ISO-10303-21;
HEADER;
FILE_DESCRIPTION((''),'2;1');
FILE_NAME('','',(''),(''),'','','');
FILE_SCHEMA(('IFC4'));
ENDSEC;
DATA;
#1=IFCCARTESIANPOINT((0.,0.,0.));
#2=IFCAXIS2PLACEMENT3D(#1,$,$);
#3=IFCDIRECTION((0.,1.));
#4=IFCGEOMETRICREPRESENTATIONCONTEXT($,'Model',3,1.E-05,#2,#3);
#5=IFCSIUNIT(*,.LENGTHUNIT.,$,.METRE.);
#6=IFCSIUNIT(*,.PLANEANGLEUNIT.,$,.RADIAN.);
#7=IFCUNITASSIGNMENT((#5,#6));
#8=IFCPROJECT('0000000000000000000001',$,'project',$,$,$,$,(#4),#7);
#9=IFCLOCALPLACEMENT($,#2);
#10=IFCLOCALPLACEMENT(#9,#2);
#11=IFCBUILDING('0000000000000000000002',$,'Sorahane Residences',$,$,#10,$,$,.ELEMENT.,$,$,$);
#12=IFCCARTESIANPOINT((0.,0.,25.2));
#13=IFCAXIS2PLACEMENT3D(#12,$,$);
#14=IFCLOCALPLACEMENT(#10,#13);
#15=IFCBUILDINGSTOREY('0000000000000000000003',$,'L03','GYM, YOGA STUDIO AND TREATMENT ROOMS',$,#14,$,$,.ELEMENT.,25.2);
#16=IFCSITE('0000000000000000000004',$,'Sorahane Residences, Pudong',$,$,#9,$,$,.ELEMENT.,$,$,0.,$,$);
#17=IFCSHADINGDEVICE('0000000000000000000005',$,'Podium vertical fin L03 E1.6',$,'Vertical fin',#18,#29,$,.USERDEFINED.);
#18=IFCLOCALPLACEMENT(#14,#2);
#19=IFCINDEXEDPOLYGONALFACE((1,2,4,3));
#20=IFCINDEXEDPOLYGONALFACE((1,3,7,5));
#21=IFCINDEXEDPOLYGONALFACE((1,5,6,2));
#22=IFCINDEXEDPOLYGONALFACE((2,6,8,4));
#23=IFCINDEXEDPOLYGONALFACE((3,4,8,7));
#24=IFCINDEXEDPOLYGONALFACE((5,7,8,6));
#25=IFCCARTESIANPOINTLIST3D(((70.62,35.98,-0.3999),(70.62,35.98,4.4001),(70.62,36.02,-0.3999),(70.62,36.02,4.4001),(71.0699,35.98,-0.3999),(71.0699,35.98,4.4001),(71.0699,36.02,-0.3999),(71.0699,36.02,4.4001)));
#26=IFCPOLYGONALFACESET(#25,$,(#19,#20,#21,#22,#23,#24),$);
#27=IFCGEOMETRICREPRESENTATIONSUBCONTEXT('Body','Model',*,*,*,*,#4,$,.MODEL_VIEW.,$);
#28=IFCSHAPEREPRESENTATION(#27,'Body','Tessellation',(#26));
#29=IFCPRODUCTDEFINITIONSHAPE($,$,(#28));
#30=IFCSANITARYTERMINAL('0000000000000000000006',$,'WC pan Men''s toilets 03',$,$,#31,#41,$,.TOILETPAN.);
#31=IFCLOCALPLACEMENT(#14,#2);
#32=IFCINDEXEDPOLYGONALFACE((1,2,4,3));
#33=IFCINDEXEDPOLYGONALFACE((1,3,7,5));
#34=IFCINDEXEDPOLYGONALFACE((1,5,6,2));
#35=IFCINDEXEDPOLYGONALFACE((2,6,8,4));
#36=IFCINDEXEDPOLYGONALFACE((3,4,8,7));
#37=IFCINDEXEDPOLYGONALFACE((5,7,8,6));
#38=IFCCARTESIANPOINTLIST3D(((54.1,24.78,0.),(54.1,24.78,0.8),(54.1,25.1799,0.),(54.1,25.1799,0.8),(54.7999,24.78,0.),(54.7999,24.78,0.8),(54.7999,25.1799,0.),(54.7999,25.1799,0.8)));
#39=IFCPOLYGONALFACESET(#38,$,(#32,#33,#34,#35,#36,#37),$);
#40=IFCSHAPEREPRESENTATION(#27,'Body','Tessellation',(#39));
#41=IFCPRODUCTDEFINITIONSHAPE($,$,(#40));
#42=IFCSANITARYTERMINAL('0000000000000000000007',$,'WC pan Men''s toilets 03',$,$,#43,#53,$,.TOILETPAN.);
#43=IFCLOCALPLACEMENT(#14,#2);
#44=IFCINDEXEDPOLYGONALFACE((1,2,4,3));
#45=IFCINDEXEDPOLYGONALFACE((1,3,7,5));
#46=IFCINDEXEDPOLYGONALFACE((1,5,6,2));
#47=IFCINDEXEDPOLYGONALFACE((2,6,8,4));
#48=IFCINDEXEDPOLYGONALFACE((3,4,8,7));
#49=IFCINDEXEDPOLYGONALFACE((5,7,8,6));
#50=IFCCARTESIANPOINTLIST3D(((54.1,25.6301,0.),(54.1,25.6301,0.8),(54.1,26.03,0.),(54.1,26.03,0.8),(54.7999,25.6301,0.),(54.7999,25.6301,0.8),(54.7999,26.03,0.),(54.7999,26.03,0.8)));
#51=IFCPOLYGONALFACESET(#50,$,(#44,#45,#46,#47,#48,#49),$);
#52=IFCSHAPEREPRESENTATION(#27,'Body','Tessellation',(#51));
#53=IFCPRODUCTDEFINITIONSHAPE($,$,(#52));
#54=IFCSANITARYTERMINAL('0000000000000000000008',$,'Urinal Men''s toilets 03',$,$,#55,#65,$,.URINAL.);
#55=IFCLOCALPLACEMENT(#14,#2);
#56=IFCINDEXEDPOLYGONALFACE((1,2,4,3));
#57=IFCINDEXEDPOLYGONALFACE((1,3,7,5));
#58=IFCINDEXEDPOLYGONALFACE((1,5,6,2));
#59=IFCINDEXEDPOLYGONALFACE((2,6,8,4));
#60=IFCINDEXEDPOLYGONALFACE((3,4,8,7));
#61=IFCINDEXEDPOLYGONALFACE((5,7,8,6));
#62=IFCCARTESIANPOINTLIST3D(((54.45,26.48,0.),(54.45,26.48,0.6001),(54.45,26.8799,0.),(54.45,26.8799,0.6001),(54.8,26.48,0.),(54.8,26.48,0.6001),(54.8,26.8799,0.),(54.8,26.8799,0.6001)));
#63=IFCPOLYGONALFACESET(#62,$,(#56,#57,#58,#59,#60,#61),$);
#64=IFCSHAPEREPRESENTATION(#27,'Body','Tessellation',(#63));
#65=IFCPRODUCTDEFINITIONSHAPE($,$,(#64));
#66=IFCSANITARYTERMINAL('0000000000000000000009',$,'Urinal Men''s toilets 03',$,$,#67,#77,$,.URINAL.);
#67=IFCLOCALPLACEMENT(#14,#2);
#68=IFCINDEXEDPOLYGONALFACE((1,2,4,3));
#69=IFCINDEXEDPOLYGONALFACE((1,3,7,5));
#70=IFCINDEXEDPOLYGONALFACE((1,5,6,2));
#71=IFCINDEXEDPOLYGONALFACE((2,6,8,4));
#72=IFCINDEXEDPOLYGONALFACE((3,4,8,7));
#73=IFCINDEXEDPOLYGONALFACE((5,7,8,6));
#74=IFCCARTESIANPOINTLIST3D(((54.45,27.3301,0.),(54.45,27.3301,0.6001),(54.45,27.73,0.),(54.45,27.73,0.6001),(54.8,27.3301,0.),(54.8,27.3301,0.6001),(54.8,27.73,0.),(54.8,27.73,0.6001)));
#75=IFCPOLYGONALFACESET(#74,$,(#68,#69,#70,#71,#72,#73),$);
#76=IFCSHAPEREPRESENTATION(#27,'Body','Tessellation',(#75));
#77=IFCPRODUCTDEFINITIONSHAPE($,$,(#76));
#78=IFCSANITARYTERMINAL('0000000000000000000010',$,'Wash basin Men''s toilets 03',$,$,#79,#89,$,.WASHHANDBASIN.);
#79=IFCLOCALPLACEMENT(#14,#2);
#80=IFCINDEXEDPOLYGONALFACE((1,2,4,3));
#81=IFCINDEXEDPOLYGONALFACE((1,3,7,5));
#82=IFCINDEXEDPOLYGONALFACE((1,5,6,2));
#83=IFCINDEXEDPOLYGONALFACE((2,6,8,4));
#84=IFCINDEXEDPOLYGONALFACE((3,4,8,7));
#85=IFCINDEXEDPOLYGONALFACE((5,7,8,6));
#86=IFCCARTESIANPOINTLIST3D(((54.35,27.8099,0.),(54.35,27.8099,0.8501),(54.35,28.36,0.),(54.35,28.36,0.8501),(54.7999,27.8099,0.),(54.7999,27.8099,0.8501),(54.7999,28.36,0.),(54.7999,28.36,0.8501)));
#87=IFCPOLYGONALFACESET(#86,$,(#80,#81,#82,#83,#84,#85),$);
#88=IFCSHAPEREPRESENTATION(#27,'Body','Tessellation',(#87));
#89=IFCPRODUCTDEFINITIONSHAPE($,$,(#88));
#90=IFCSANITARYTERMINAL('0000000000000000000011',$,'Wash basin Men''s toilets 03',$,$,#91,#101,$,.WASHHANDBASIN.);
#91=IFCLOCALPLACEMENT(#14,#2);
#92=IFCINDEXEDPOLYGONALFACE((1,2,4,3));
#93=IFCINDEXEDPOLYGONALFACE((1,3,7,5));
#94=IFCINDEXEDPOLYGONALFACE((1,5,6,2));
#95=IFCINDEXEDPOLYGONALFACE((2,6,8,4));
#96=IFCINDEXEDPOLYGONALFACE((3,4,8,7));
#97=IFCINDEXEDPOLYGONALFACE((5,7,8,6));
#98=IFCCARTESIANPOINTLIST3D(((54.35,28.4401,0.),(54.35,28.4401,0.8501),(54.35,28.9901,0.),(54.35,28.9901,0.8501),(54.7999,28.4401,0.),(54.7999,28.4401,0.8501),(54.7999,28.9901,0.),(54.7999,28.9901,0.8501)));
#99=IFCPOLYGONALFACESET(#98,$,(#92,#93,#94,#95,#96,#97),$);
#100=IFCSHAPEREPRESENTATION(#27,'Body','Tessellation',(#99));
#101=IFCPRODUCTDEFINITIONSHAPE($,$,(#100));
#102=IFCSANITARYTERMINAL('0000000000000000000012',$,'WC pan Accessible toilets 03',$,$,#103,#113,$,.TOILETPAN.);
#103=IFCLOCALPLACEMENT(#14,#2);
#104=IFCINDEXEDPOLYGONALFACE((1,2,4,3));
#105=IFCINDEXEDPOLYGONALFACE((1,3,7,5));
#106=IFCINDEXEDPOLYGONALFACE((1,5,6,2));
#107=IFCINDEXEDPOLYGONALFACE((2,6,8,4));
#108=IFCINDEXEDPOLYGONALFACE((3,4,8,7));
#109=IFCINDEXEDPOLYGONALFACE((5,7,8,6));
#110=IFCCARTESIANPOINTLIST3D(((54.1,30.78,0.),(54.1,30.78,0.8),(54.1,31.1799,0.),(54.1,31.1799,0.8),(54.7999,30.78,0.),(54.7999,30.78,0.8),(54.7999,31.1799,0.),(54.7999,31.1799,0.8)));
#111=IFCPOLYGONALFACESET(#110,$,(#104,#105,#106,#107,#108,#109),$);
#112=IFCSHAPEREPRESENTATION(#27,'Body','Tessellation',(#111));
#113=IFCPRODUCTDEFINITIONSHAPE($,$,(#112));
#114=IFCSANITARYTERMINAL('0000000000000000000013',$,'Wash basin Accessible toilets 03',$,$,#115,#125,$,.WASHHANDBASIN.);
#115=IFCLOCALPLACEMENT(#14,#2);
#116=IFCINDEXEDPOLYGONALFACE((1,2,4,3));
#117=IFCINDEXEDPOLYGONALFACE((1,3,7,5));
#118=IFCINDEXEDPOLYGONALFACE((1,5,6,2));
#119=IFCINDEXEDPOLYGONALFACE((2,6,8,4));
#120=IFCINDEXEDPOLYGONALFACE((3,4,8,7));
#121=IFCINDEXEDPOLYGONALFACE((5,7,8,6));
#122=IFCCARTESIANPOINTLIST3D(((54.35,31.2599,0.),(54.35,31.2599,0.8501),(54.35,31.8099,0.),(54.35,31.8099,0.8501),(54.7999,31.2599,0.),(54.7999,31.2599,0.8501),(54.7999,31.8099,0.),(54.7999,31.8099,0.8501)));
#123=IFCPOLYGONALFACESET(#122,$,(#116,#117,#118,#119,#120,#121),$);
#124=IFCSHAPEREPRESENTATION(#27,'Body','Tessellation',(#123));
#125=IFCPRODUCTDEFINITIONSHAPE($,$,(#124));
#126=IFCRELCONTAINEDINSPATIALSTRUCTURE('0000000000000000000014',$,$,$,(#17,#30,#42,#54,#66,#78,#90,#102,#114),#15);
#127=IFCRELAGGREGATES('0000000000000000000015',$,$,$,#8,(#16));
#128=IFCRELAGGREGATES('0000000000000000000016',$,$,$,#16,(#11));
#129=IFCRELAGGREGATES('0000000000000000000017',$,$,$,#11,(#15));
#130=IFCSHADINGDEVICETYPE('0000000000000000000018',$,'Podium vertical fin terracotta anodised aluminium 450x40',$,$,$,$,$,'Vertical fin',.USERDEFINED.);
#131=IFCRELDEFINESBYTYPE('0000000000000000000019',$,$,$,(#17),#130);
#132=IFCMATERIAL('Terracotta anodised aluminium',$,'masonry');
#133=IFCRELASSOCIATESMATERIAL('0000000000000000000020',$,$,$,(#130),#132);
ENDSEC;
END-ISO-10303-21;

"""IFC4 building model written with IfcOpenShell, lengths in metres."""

from ifc_helpers import new_model, si_unit, direction, frame, origin, origin_2d, place, context, subcontext, project, spatial, rectangle, extrude, material, material_profile, profile_set, type_object, element, save


model = new_model("IFC4")

# Units and contexts
model_context = context("Model", 3, precision=1e-05, world=origin(), true_north=direction((0.0, 1.0)))
body_context = subcontext(model_context, "Body", "Model", "MODEL_VIEW")
ifc_project = project(units=[si_unit("LENGTHUNIT", "METRE"), si_unit("PLANEANGLEUNIT", "RADIAN")], contexts=[model_context])

# Site, building, storey
site_placement = place(None, origin())
site = spatial("IfcSite", under=ifc_project, at=site_placement, Name="Sorahane Residences, Pudong", CompositionType="ELEMENT", RefElevation=0.0)
building_placement = place(site_placement, origin())
building = spatial("IfcBuilding", under=site, at=building_placement, Name="Sorahane Residences", CompositionType="ELEMENT")
storey_placement = place(building_placement, frame((0.0, 0.0, 25.2)))
storey = spatial("IfcBuildingStorey", under=building, at=storey_placement, Name="L03", Description="GYM, YOGA STUDIO AND TREATMENT ROOMS", CompositionType="ELEMENT", Elevation=25.2)

# Shading device
ifc_material_1 = material(Name="Terracotta anodised aluminium", Category="masonry")
ifc_material_profile_1 = material_profile(ifc_material_1, rectangle(XDim=0.45, YDim=0.04, at=origin_2d()), Name="Podium vertical fin terracotta anodised aluminium 450x40")
ifc_profile_set_1 = profile_set([ifc_material_profile_1], Name="Terracotta anodised aluminium")
shading_device_type = type_object("IfcShadingDeviceType", Name="Podium vertical fin terracotta anodised aluminium 450x40", ElementType="Vertical fin", PredefinedType="USERDEFINED", material=ifc_profile_set_1)
for number, where, z_axis, x_axis, name in (
    (1, (70.845, 36.0, -0.3999), (0.0, 0.0, 1.0), (1.0, 0.0, 0.0), "Podium vertical fin L03 E1.6"),
):
    element("IfcShadingDevice", number, at=place(storey_placement, frame(where, z_axis=z_axis, x_axis=x_axis)), inside=storey, type_object=shading_device_type, Name=name, ObjectType="Vertical fin", PredefinedType="USERDEFINED", context=body_context, shape_type="SweptSolid", body=[
        extrude(rectangle(XDim=0.45, YDim=0.04, at=origin_2d()), origin(), (0.0, 0.0, 1.0), 4.8),
    ])

# Sanitary terminals
for number, where, z_axis, x_axis, name in (
    (2, (54.45, 24.98, 0.0), (0.0, 0.0, 1.0), (0.0, -1.0, 0.0), "WC pan Men's toilets 03"),
    (3, (54.45, 25.8301, 0.0), (0.0, 0.0, 1.0), (0.0, -1.0, 0.0), "WC pan Men's toilets 03"),
):
    element("IfcSanitaryTerminal", number, at=place(storey_placement, frame(where, z_axis=z_axis, x_axis=x_axis)), inside=storey, Name=name, PredefinedType="TOILETPAN", context=body_context, shape_type="SweptSolid", body=[
        extrude(rectangle(XDim=0.3999, YDim=0.7, at=origin_2d()), origin(), (0.0, 0.0, 1.0), 0.8),
    ])
for number, where, z_axis, x_axis, name in (
    (4, (54.625, 26.6799, 0.0), (0.0, 0.0, 1.0), (0.0, -1.0, 0.0), "Urinal Men's toilets 03"),
    (5, (54.625, 27.53, 0.0), (0.0, 0.0, 1.0), (0.0, -1.0, 0.0), "Urinal Men's toilets 03"),
):
    element("IfcSanitaryTerminal", number, at=place(storey_placement, frame(where, z_axis=z_axis, x_axis=x_axis)), inside=storey, Name=name, PredefinedType="URINAL", context=body_context, shape_type="SweptSolid", body=[
        extrude(rectangle(XDim=0.3999, YDim=0.3501, at=origin_2d()), origin(), (0.0, 0.0, 1.0), 0.6001),
    ])
for number, where, z_axis, x_axis, name in (
    (6, (54.575, 28.085, 0.0), (0.0, 0.0, 1.0), (0.0, -1.0, 0.0), "Wash basin Men's toilets 03"),
    (7, (54.575, 28.7151, 0.0), (0.0, 0.0, 1.0), (0.0, -1.0, 0.0), "Wash basin Men's toilets 03"),
):
    element("IfcSanitaryTerminal", number, at=place(storey_placement, frame(where, z_axis=z_axis, x_axis=x_axis)), inside=storey, Name=name, PredefinedType="WASHHANDBASIN", context=body_context, shape_type="SweptSolid", body=[
        extrude(rectangle(XDim=0.55, YDim=0.45, at=origin_2d()), origin(), (0.0, 0.0, 1.0), 0.8501),
    ])
sanitary_terminal_1_placement = place(storey_placement, frame((54.45, 30.98, 0.0), z_axis=(0.0, 0.0, 1.0), x_axis=(0.0, -1.0, 0.0)))
element("IfcSanitaryTerminal", 8, at=sanitary_terminal_1_placement, inside=storey, Name="WC pan Accessible toilets 03", PredefinedType="TOILETPAN", context=body_context, shape_type="SweptSolid", body=[
    extrude(rectangle(XDim=0.3999, YDim=0.7, at=origin_2d()), origin(), (0.0, 0.0, 1.0), 0.8),
])
sanitary_terminal_2_placement = place(storey_placement, frame((54.575, 31.5349, 0.0), z_axis=(0.0, 0.0, 1.0), x_axis=(0.0, -1.0, 0.0)))
element("IfcSanitaryTerminal", 9, at=sanitary_terminal_2_placement, inside=storey, Name="Wash basin Accessible toilets 03", PredefinedType="WASHHANDBASIN", context=body_context, shape_type="SweptSolid", body=[
    extrude(rectangle(XDim=0.55, YDim=0.45, at=origin_2d()), origin(), (0.0, 0.0, 1.0), 0.8501),
])

save(model, "model.ifc")
